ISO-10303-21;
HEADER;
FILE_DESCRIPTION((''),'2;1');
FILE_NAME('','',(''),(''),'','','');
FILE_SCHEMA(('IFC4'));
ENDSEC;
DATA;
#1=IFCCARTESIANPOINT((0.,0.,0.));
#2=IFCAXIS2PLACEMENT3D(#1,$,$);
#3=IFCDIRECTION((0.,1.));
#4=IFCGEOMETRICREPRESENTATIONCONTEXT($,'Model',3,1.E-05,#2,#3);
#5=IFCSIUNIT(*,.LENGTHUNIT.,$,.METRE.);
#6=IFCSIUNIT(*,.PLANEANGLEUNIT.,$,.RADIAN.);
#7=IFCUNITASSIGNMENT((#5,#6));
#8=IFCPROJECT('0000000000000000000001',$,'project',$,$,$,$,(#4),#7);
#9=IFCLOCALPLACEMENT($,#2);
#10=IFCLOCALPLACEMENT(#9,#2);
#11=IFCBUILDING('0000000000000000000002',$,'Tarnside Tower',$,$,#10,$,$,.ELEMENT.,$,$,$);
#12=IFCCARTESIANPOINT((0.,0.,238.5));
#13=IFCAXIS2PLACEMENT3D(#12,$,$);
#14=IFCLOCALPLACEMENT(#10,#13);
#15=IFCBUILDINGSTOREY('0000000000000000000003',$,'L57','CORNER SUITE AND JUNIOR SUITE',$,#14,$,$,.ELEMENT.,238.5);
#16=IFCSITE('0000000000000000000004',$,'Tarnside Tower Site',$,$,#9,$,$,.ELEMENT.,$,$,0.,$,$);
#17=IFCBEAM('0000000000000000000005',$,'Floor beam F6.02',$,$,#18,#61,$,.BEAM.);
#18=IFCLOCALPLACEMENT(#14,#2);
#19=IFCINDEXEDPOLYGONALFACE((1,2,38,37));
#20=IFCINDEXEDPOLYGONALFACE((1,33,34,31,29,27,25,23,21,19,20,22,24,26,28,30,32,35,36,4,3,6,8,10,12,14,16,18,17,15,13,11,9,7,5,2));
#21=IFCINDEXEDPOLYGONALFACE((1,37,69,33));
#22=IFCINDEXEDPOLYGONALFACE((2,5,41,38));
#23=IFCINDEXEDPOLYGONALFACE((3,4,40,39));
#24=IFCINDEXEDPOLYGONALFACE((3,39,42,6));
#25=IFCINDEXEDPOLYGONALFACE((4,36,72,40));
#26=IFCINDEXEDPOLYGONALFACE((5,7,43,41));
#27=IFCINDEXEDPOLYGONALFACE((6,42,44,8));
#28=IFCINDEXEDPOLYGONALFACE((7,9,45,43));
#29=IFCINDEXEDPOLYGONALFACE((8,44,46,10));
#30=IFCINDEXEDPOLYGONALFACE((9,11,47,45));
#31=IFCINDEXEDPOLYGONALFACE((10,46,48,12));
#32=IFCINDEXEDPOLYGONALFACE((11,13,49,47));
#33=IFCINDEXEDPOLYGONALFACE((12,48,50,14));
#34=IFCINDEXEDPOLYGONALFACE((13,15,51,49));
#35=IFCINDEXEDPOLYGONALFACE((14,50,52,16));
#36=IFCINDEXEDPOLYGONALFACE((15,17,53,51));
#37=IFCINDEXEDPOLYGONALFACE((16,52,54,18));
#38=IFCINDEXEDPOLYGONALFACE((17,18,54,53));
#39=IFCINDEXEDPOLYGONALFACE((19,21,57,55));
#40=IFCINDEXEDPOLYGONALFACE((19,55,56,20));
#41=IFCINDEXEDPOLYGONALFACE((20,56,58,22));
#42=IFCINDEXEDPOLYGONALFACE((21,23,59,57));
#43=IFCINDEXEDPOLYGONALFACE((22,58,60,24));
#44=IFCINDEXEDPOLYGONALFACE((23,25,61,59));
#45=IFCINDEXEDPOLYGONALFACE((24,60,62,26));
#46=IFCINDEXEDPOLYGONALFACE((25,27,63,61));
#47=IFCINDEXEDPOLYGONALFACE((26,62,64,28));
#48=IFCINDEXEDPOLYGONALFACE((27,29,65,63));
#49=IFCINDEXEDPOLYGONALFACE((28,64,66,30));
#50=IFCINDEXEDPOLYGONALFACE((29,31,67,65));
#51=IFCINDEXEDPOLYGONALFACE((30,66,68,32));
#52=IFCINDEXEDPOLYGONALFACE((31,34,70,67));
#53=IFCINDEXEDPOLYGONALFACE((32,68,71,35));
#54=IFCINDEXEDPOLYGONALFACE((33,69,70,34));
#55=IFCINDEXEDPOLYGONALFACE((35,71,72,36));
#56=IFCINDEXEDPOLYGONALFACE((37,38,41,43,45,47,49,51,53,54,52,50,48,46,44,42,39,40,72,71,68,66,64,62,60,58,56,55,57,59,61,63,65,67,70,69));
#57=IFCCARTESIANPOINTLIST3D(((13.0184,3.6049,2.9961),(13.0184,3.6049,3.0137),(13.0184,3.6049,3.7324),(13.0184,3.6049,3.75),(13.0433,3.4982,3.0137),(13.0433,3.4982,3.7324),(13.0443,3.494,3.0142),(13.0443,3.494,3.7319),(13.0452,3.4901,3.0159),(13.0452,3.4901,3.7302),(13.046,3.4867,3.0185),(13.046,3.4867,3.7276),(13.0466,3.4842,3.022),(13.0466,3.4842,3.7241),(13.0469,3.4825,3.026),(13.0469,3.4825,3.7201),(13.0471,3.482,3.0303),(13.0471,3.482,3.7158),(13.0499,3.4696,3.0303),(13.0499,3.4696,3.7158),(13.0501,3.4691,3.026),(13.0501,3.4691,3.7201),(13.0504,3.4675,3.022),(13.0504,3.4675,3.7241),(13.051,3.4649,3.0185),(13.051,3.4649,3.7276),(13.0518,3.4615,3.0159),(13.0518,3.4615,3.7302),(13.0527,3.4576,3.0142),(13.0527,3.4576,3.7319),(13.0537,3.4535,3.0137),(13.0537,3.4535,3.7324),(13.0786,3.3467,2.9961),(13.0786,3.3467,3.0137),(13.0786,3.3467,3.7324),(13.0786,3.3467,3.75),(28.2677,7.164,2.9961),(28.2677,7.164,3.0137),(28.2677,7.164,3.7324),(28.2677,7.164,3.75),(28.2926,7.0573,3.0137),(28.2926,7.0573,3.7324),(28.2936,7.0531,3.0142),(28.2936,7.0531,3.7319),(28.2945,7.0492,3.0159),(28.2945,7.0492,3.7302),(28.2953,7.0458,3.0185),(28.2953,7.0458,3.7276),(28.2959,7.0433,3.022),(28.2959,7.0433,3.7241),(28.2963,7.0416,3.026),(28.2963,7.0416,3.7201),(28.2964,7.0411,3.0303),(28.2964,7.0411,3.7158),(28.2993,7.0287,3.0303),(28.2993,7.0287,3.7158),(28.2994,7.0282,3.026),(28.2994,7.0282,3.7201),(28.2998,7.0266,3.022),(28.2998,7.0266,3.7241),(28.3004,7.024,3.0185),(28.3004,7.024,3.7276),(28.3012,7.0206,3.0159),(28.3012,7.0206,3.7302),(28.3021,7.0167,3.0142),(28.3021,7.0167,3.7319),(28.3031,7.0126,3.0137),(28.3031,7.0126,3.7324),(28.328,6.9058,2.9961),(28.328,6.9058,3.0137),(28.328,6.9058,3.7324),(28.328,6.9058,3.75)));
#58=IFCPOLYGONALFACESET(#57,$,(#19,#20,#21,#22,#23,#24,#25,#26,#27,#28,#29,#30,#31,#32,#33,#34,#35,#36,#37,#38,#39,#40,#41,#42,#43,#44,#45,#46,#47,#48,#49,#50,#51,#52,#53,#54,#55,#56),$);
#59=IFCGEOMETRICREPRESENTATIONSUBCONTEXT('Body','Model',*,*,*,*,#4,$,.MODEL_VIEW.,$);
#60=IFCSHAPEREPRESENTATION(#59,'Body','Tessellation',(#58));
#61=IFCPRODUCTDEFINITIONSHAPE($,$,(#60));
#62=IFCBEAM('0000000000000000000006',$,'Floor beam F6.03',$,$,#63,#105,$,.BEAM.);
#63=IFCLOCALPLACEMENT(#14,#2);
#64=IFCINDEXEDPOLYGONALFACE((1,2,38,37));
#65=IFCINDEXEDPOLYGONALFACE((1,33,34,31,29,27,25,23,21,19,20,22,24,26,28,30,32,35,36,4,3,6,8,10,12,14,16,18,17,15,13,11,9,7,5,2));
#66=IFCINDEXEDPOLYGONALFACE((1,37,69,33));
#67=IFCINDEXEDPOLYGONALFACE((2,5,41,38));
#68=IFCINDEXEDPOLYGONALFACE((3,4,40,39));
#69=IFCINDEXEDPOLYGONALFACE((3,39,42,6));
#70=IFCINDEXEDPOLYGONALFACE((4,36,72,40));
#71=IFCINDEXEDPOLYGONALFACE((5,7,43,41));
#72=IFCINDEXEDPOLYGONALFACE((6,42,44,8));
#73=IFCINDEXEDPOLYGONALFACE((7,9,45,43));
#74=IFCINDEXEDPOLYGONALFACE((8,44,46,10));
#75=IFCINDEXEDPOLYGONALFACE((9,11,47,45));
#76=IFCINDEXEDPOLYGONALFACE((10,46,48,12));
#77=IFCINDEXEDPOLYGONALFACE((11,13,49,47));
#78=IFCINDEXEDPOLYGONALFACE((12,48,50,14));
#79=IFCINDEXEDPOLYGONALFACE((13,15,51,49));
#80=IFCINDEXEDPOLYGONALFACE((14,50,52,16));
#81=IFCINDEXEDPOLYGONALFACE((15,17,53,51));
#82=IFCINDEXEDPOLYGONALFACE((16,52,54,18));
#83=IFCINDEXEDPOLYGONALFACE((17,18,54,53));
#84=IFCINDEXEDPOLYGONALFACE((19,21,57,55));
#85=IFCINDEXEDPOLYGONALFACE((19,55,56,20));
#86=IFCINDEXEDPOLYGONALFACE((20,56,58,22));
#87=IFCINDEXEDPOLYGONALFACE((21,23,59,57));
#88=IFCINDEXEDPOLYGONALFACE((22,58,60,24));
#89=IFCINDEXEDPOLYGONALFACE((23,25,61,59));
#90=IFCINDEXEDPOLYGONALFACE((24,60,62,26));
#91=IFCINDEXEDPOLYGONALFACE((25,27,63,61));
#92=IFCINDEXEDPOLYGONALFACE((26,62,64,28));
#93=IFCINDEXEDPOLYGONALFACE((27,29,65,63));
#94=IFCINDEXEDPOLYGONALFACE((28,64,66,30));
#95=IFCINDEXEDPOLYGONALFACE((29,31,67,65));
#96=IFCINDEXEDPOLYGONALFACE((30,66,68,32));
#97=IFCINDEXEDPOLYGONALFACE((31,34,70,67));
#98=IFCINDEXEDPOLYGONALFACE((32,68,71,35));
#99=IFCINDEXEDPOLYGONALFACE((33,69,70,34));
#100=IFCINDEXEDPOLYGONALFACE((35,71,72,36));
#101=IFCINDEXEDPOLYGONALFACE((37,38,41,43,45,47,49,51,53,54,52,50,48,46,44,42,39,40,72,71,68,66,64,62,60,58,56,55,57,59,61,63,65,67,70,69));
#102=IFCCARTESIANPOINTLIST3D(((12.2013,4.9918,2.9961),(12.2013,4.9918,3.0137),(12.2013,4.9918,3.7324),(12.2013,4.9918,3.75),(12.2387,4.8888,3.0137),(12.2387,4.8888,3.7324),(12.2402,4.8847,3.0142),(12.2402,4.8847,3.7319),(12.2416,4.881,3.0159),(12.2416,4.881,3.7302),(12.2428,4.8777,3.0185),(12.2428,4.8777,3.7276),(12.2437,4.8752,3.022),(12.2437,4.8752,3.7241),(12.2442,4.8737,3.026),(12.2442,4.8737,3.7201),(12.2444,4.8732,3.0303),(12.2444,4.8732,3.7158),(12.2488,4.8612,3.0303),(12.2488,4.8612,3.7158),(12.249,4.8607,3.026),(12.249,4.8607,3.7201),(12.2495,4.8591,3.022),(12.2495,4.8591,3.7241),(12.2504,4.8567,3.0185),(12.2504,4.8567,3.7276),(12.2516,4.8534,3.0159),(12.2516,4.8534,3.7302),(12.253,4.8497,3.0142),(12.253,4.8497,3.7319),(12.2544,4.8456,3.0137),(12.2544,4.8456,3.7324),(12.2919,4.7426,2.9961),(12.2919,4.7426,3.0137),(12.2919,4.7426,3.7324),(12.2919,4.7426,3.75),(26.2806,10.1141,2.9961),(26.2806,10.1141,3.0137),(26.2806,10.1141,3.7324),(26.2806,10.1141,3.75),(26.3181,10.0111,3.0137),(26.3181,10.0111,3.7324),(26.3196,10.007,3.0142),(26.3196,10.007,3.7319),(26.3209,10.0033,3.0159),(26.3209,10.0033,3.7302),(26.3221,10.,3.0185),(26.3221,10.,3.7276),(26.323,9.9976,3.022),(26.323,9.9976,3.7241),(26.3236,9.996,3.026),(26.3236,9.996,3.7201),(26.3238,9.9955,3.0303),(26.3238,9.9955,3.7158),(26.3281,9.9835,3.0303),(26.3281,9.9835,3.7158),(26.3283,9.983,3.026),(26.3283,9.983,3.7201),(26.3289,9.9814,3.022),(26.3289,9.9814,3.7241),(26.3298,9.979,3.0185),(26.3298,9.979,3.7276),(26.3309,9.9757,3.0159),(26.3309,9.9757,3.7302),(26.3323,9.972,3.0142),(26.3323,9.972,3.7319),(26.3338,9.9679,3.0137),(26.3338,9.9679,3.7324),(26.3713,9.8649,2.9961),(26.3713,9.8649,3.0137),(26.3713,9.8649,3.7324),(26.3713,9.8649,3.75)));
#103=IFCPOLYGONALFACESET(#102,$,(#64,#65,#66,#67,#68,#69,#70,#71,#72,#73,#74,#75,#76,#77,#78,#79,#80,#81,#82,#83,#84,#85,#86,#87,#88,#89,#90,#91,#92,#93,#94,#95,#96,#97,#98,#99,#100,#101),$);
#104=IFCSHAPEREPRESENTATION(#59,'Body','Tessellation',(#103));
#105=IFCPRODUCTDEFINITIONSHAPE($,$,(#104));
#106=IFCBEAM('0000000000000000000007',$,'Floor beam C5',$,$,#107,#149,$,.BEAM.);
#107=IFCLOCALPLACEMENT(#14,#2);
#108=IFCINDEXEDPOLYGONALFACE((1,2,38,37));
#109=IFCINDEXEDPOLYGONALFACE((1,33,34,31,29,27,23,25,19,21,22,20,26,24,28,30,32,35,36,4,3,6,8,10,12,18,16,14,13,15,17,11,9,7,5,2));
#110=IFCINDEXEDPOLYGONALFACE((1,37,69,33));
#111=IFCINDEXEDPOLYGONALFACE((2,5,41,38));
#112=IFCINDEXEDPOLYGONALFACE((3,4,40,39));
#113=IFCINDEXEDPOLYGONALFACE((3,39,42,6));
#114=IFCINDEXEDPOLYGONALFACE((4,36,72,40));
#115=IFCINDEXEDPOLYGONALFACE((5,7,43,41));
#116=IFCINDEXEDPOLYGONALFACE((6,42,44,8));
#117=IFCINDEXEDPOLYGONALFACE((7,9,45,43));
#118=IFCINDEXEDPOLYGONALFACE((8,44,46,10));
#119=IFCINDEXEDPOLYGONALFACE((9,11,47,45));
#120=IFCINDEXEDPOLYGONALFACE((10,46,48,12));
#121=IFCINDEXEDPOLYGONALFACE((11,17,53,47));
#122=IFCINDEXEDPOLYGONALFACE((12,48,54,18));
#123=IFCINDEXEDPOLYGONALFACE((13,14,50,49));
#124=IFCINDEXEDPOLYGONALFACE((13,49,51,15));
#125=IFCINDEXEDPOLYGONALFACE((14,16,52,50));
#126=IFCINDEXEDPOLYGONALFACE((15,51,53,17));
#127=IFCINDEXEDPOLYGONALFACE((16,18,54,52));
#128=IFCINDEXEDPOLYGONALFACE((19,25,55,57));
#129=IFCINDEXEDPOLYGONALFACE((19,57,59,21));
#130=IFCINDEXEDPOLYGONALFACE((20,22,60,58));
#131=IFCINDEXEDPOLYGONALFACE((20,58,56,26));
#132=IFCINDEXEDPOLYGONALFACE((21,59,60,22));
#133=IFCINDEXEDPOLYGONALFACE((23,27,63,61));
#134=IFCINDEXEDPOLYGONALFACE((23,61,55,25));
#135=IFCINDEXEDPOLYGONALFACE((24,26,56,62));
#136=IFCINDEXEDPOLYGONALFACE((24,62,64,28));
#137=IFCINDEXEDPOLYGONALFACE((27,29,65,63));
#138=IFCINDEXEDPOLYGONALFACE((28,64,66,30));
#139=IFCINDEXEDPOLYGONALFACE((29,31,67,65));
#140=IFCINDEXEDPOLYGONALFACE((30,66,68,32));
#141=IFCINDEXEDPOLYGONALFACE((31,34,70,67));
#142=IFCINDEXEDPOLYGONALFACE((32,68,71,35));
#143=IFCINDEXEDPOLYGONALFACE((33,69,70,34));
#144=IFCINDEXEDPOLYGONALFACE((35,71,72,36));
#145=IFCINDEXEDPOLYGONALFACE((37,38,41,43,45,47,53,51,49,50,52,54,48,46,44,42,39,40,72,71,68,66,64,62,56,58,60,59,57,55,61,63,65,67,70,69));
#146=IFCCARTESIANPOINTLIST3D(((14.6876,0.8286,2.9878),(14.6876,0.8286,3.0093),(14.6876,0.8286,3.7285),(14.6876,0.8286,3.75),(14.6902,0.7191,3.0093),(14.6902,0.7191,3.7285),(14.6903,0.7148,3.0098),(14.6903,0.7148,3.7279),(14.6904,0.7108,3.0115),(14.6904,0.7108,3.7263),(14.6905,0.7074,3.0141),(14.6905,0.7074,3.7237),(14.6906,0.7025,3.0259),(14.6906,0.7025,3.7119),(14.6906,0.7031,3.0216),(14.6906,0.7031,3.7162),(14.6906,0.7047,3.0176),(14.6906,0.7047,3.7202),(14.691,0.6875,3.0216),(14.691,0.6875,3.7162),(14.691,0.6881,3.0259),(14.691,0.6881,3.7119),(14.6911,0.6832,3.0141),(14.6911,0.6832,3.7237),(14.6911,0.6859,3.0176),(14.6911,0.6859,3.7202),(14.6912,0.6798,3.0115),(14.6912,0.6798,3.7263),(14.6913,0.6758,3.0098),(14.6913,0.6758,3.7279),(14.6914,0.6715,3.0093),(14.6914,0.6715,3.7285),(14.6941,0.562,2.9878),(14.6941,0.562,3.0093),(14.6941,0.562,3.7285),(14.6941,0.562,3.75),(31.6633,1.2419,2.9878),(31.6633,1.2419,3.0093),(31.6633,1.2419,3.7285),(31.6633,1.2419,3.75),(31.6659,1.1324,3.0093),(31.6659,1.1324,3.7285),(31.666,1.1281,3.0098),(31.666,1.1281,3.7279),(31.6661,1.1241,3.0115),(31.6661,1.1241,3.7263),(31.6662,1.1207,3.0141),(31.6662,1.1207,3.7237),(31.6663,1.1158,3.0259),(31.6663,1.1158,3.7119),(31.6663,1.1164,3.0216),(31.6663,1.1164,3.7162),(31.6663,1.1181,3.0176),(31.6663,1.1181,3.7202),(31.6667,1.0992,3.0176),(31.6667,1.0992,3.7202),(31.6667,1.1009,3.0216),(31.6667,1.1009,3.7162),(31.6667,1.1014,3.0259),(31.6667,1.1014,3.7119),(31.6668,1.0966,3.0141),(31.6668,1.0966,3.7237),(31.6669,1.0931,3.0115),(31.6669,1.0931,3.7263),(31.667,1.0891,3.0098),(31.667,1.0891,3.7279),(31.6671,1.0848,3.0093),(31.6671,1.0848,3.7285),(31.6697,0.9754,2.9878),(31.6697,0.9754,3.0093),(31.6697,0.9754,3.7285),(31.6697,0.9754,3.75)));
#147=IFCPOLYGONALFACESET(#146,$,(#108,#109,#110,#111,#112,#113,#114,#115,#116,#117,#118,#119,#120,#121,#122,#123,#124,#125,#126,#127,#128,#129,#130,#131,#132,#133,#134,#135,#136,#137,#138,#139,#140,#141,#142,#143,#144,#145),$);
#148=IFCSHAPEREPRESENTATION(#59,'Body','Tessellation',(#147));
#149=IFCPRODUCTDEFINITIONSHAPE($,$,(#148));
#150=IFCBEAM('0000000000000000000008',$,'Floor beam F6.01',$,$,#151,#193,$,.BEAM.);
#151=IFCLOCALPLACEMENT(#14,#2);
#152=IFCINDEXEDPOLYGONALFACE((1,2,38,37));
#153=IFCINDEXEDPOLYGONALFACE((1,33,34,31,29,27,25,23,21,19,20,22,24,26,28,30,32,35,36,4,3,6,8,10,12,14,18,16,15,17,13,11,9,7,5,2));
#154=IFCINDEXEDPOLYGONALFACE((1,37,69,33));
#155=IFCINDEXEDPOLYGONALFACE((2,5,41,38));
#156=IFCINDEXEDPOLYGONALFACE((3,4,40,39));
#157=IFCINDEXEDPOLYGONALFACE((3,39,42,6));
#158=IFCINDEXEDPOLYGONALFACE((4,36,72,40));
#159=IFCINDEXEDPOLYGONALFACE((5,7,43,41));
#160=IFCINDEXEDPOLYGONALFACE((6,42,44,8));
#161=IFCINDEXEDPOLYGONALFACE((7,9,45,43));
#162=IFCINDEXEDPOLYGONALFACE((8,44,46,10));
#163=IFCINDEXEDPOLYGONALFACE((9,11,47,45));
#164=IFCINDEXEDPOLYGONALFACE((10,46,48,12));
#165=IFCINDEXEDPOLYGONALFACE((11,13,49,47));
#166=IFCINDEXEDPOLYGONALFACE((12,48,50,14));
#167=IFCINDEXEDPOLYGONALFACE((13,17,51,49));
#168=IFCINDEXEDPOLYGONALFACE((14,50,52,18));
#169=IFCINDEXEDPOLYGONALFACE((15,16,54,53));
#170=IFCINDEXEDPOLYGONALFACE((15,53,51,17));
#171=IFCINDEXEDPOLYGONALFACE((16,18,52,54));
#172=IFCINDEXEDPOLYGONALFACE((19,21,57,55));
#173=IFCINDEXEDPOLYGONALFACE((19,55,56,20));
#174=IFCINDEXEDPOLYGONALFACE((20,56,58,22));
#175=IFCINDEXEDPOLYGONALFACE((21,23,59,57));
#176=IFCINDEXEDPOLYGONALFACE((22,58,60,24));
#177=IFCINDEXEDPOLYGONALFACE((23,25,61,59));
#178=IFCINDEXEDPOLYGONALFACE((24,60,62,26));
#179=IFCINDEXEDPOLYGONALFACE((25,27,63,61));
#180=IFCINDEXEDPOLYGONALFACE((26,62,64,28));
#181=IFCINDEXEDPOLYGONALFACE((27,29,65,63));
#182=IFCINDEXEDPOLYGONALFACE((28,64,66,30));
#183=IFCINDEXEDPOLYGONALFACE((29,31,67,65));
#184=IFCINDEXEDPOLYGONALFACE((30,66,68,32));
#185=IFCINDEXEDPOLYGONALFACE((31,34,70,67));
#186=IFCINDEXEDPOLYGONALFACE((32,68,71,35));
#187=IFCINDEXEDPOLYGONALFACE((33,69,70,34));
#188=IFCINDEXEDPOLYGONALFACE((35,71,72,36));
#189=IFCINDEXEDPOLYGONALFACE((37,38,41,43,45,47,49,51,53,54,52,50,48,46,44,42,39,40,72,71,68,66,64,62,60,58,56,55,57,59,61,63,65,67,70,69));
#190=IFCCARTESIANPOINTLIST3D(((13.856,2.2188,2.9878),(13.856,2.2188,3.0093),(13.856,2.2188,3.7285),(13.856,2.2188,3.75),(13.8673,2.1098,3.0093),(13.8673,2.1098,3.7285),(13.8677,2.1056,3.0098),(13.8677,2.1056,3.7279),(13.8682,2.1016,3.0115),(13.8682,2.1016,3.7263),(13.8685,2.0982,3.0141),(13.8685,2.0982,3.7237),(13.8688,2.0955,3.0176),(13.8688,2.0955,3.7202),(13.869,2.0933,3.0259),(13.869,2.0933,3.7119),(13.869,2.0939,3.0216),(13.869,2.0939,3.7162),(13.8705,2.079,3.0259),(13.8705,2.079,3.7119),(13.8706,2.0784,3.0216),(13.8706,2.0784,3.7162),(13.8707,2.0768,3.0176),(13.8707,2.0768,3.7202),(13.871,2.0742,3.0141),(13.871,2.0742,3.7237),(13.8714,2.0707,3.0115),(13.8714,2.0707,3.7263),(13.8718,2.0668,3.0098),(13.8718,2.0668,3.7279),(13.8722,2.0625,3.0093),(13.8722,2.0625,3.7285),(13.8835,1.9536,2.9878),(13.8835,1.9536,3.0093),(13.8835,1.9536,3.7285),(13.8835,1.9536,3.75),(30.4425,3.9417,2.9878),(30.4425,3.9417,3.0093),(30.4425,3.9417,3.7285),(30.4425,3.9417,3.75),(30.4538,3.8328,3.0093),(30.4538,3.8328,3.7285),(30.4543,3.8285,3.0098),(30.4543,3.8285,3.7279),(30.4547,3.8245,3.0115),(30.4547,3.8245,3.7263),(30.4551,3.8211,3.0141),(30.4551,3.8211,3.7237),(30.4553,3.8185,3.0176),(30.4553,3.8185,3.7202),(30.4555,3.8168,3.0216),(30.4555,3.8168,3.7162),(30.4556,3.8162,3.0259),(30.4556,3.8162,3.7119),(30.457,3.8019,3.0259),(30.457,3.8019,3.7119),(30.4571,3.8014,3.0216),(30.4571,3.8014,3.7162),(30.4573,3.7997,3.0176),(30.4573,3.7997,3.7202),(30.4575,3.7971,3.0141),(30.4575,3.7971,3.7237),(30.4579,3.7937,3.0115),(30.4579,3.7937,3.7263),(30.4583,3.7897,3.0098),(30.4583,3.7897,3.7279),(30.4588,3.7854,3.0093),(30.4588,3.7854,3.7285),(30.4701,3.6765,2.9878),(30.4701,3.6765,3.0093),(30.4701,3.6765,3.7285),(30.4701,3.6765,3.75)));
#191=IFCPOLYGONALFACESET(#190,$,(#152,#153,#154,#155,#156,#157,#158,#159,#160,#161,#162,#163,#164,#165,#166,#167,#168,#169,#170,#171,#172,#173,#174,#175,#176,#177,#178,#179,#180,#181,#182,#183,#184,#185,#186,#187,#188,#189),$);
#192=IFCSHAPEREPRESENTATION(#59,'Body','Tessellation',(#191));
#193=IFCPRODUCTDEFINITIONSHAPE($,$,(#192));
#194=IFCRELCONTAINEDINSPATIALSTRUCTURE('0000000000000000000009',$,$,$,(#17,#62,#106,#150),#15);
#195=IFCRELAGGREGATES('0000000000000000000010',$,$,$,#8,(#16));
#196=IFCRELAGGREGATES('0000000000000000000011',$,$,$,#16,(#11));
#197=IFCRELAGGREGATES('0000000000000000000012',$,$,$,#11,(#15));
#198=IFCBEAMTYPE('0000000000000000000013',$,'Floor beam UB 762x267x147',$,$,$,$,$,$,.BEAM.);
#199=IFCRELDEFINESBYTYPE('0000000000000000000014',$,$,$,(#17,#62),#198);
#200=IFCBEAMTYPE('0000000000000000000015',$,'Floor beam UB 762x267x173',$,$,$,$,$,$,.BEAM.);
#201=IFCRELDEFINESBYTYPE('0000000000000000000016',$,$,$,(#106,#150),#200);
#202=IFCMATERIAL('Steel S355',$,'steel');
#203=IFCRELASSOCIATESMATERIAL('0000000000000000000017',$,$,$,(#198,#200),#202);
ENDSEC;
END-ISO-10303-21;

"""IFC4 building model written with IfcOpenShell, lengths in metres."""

from ifc_helpers import new_model, si_unit, direction, frame, origin, origin_2d, place, context, subcontext, project, spatial, i_section, extrude, material, material_profile, profile_set, type_object, element, save


model = new_model("IFC4")

# Units and contexts
model_context = context("Model", 3, precision=1e-05, world=origin(), true_north=direction((0.0, 1.0)))
body_context = subcontext(model_context, "Body", "Model", "MODEL_VIEW")
ifc_project = project(units=[si_unit("LENGTHUNIT", "METRE"), si_unit("PLANEANGLEUNIT", "RADIAN")], contexts=[model_context])

# Site, building, storey
site_placement = place(None, origin())
site = spatial("IfcSite", under=ifc_project, at=site_placement, Name="Tarnside Tower Site", CompositionType="ELEMENT", RefElevation=0.0)
building_placement = place(site_placement, origin())
building = spatial("IfcBuilding", under=site, at=building_placement, Name="Tarnside Tower", CompositionType="ELEMENT")
storey_placement = place(building_placement, frame((0.0, 0.0, 238.5)))
storey = spatial("IfcBuildingStorey", under=building, at=storey_placement, Name="L57", Description="CORNER SUITE AND JUNIOR SUITE", CompositionType="ELEMENT", Elevation=238.5)

# Beams
ifc_material_1 = material(Name="Steel S355", Category="steel")
ifc_material_profile_1 = material_profile(ifc_material_1, i_section(OverallWidth=0.2651, OverallDepth=0.7539, WebThickness=0.0127, FlangeThickness=0.0176, FilletRadius=0.0166, at=origin_2d()), Name="UB 762x267x147")
ifc_profile_set_1 = profile_set([ifc_material_profile_1], Name="Steel S355")
beam_type_1 = type_object("IfcBeamType", Name="Floor beam UB 762x267x147", PredefinedType="BEAM", material=ifc_profile_set_1)
beam_1_placement = place(storey_placement, frame((28.2979, 7.0349, 3.373), z_axis=(-0.973828, -0.227285, 0.0), x_axis=(0.227285, -0.973828, 0.0)))
element("IfcBeam", 1, at=beam_1_placement, inside=storey, type_object=beam_type_1, Name="Floor beam F6.02", PredefinedType="BEAM", context=body_context, shape_type="SweptSolid", body=[
    extrude(i_section(OverallWidth=0.2651, OverallDepth=0.7539, WebThickness=0.0127, FlangeThickness=0.0176, FilletRadius=0.0166, at=origin_2d()), origin(), (0.0, 0.0, 1.0), 15.6592),
])
beam_2_placement = place(storey_placement, frame((26.3259, 9.9895, 3.373), z_axis=(-0.939739, -0.341894, 0.0), x_axis=(0.341894, -0.939739, 0.0)))
element("IfcBeam", 2, at=beam_2_placement, inside=storey, type_object=beam_type_1, Name="Floor beam F6.03", PredefinedType="BEAM", context=body_context, shape_type="SweptSolid", body=[
    extrude(i_section(OverallWidth=0.2651, OverallDepth=0.7539, WebThickness=0.0127, FlangeThickness=0.0176, FilletRadius=0.0166, at=origin_2d()), origin(), (0.0, 0.0, 1.0), 14.9822),
])
ifc_material_profile_2 = material_profile(ifc_material_1, i_section(OverallWidth=0.2666, OverallDepth=0.7622, WebThickness=0.0144, FlangeThickness=0.0215, FilletRadius=0.0166, at=origin_2d()), Name="UB 762x267x173")
ifc_profile_set_2 = profile_set([ifc_material_profile_2], Name="Steel S355")
beam_type_2 = type_object("IfcBeamType", Name="Floor beam UB 762x267x173", PredefinedType="BEAM", material=ifc_profile_set_2)
beam_3_placement = place(storey_placement, frame((31.6665, 1.1086, 3.3689), z_axis=(-0.999704, -0.024341, 0.0), x_axis=(0.024341, -0.999704, 0.0)))
element("IfcBeam", 3, at=beam_3_placement, inside=storey, type_object=beam_type_2, Name="Floor beam C5", PredefinedType="BEAM", context=body_context, shape_type="SweptSolid", body=[
    extrude(i_section(OverallWidth=0.2666, OverallDepth=0.7622, WebThickness=0.0144, FlangeThickness=0.0215, FilletRadius=0.0166, at=origin_2d()), origin(), (0.0, 0.0, 1.0), 16.9807),
])
beam_4_placement = place(storey_placement, frame((30.4563, 3.8091, 3.3689), z_axis=(-0.994648, -0.103318, 0.0), x_axis=(0.103318, -0.994648, 0.0)))
element("IfcBeam", 4, at=beam_4_placement, inside=storey, type_object=beam_type_2, Name="Floor beam F6.01", PredefinedType="BEAM", context=body_context, shape_type="SweptSolid", body=[
    extrude(i_section(OverallWidth=0.2666, OverallDepth=0.7622, WebThickness=0.0144, FlangeThickness=0.0215, FilletRadius=0.0166, at=origin_2d()), origin(), (0.0, 0.0, 1.0), 16.6758),
])

save(model, "model.ifc")
